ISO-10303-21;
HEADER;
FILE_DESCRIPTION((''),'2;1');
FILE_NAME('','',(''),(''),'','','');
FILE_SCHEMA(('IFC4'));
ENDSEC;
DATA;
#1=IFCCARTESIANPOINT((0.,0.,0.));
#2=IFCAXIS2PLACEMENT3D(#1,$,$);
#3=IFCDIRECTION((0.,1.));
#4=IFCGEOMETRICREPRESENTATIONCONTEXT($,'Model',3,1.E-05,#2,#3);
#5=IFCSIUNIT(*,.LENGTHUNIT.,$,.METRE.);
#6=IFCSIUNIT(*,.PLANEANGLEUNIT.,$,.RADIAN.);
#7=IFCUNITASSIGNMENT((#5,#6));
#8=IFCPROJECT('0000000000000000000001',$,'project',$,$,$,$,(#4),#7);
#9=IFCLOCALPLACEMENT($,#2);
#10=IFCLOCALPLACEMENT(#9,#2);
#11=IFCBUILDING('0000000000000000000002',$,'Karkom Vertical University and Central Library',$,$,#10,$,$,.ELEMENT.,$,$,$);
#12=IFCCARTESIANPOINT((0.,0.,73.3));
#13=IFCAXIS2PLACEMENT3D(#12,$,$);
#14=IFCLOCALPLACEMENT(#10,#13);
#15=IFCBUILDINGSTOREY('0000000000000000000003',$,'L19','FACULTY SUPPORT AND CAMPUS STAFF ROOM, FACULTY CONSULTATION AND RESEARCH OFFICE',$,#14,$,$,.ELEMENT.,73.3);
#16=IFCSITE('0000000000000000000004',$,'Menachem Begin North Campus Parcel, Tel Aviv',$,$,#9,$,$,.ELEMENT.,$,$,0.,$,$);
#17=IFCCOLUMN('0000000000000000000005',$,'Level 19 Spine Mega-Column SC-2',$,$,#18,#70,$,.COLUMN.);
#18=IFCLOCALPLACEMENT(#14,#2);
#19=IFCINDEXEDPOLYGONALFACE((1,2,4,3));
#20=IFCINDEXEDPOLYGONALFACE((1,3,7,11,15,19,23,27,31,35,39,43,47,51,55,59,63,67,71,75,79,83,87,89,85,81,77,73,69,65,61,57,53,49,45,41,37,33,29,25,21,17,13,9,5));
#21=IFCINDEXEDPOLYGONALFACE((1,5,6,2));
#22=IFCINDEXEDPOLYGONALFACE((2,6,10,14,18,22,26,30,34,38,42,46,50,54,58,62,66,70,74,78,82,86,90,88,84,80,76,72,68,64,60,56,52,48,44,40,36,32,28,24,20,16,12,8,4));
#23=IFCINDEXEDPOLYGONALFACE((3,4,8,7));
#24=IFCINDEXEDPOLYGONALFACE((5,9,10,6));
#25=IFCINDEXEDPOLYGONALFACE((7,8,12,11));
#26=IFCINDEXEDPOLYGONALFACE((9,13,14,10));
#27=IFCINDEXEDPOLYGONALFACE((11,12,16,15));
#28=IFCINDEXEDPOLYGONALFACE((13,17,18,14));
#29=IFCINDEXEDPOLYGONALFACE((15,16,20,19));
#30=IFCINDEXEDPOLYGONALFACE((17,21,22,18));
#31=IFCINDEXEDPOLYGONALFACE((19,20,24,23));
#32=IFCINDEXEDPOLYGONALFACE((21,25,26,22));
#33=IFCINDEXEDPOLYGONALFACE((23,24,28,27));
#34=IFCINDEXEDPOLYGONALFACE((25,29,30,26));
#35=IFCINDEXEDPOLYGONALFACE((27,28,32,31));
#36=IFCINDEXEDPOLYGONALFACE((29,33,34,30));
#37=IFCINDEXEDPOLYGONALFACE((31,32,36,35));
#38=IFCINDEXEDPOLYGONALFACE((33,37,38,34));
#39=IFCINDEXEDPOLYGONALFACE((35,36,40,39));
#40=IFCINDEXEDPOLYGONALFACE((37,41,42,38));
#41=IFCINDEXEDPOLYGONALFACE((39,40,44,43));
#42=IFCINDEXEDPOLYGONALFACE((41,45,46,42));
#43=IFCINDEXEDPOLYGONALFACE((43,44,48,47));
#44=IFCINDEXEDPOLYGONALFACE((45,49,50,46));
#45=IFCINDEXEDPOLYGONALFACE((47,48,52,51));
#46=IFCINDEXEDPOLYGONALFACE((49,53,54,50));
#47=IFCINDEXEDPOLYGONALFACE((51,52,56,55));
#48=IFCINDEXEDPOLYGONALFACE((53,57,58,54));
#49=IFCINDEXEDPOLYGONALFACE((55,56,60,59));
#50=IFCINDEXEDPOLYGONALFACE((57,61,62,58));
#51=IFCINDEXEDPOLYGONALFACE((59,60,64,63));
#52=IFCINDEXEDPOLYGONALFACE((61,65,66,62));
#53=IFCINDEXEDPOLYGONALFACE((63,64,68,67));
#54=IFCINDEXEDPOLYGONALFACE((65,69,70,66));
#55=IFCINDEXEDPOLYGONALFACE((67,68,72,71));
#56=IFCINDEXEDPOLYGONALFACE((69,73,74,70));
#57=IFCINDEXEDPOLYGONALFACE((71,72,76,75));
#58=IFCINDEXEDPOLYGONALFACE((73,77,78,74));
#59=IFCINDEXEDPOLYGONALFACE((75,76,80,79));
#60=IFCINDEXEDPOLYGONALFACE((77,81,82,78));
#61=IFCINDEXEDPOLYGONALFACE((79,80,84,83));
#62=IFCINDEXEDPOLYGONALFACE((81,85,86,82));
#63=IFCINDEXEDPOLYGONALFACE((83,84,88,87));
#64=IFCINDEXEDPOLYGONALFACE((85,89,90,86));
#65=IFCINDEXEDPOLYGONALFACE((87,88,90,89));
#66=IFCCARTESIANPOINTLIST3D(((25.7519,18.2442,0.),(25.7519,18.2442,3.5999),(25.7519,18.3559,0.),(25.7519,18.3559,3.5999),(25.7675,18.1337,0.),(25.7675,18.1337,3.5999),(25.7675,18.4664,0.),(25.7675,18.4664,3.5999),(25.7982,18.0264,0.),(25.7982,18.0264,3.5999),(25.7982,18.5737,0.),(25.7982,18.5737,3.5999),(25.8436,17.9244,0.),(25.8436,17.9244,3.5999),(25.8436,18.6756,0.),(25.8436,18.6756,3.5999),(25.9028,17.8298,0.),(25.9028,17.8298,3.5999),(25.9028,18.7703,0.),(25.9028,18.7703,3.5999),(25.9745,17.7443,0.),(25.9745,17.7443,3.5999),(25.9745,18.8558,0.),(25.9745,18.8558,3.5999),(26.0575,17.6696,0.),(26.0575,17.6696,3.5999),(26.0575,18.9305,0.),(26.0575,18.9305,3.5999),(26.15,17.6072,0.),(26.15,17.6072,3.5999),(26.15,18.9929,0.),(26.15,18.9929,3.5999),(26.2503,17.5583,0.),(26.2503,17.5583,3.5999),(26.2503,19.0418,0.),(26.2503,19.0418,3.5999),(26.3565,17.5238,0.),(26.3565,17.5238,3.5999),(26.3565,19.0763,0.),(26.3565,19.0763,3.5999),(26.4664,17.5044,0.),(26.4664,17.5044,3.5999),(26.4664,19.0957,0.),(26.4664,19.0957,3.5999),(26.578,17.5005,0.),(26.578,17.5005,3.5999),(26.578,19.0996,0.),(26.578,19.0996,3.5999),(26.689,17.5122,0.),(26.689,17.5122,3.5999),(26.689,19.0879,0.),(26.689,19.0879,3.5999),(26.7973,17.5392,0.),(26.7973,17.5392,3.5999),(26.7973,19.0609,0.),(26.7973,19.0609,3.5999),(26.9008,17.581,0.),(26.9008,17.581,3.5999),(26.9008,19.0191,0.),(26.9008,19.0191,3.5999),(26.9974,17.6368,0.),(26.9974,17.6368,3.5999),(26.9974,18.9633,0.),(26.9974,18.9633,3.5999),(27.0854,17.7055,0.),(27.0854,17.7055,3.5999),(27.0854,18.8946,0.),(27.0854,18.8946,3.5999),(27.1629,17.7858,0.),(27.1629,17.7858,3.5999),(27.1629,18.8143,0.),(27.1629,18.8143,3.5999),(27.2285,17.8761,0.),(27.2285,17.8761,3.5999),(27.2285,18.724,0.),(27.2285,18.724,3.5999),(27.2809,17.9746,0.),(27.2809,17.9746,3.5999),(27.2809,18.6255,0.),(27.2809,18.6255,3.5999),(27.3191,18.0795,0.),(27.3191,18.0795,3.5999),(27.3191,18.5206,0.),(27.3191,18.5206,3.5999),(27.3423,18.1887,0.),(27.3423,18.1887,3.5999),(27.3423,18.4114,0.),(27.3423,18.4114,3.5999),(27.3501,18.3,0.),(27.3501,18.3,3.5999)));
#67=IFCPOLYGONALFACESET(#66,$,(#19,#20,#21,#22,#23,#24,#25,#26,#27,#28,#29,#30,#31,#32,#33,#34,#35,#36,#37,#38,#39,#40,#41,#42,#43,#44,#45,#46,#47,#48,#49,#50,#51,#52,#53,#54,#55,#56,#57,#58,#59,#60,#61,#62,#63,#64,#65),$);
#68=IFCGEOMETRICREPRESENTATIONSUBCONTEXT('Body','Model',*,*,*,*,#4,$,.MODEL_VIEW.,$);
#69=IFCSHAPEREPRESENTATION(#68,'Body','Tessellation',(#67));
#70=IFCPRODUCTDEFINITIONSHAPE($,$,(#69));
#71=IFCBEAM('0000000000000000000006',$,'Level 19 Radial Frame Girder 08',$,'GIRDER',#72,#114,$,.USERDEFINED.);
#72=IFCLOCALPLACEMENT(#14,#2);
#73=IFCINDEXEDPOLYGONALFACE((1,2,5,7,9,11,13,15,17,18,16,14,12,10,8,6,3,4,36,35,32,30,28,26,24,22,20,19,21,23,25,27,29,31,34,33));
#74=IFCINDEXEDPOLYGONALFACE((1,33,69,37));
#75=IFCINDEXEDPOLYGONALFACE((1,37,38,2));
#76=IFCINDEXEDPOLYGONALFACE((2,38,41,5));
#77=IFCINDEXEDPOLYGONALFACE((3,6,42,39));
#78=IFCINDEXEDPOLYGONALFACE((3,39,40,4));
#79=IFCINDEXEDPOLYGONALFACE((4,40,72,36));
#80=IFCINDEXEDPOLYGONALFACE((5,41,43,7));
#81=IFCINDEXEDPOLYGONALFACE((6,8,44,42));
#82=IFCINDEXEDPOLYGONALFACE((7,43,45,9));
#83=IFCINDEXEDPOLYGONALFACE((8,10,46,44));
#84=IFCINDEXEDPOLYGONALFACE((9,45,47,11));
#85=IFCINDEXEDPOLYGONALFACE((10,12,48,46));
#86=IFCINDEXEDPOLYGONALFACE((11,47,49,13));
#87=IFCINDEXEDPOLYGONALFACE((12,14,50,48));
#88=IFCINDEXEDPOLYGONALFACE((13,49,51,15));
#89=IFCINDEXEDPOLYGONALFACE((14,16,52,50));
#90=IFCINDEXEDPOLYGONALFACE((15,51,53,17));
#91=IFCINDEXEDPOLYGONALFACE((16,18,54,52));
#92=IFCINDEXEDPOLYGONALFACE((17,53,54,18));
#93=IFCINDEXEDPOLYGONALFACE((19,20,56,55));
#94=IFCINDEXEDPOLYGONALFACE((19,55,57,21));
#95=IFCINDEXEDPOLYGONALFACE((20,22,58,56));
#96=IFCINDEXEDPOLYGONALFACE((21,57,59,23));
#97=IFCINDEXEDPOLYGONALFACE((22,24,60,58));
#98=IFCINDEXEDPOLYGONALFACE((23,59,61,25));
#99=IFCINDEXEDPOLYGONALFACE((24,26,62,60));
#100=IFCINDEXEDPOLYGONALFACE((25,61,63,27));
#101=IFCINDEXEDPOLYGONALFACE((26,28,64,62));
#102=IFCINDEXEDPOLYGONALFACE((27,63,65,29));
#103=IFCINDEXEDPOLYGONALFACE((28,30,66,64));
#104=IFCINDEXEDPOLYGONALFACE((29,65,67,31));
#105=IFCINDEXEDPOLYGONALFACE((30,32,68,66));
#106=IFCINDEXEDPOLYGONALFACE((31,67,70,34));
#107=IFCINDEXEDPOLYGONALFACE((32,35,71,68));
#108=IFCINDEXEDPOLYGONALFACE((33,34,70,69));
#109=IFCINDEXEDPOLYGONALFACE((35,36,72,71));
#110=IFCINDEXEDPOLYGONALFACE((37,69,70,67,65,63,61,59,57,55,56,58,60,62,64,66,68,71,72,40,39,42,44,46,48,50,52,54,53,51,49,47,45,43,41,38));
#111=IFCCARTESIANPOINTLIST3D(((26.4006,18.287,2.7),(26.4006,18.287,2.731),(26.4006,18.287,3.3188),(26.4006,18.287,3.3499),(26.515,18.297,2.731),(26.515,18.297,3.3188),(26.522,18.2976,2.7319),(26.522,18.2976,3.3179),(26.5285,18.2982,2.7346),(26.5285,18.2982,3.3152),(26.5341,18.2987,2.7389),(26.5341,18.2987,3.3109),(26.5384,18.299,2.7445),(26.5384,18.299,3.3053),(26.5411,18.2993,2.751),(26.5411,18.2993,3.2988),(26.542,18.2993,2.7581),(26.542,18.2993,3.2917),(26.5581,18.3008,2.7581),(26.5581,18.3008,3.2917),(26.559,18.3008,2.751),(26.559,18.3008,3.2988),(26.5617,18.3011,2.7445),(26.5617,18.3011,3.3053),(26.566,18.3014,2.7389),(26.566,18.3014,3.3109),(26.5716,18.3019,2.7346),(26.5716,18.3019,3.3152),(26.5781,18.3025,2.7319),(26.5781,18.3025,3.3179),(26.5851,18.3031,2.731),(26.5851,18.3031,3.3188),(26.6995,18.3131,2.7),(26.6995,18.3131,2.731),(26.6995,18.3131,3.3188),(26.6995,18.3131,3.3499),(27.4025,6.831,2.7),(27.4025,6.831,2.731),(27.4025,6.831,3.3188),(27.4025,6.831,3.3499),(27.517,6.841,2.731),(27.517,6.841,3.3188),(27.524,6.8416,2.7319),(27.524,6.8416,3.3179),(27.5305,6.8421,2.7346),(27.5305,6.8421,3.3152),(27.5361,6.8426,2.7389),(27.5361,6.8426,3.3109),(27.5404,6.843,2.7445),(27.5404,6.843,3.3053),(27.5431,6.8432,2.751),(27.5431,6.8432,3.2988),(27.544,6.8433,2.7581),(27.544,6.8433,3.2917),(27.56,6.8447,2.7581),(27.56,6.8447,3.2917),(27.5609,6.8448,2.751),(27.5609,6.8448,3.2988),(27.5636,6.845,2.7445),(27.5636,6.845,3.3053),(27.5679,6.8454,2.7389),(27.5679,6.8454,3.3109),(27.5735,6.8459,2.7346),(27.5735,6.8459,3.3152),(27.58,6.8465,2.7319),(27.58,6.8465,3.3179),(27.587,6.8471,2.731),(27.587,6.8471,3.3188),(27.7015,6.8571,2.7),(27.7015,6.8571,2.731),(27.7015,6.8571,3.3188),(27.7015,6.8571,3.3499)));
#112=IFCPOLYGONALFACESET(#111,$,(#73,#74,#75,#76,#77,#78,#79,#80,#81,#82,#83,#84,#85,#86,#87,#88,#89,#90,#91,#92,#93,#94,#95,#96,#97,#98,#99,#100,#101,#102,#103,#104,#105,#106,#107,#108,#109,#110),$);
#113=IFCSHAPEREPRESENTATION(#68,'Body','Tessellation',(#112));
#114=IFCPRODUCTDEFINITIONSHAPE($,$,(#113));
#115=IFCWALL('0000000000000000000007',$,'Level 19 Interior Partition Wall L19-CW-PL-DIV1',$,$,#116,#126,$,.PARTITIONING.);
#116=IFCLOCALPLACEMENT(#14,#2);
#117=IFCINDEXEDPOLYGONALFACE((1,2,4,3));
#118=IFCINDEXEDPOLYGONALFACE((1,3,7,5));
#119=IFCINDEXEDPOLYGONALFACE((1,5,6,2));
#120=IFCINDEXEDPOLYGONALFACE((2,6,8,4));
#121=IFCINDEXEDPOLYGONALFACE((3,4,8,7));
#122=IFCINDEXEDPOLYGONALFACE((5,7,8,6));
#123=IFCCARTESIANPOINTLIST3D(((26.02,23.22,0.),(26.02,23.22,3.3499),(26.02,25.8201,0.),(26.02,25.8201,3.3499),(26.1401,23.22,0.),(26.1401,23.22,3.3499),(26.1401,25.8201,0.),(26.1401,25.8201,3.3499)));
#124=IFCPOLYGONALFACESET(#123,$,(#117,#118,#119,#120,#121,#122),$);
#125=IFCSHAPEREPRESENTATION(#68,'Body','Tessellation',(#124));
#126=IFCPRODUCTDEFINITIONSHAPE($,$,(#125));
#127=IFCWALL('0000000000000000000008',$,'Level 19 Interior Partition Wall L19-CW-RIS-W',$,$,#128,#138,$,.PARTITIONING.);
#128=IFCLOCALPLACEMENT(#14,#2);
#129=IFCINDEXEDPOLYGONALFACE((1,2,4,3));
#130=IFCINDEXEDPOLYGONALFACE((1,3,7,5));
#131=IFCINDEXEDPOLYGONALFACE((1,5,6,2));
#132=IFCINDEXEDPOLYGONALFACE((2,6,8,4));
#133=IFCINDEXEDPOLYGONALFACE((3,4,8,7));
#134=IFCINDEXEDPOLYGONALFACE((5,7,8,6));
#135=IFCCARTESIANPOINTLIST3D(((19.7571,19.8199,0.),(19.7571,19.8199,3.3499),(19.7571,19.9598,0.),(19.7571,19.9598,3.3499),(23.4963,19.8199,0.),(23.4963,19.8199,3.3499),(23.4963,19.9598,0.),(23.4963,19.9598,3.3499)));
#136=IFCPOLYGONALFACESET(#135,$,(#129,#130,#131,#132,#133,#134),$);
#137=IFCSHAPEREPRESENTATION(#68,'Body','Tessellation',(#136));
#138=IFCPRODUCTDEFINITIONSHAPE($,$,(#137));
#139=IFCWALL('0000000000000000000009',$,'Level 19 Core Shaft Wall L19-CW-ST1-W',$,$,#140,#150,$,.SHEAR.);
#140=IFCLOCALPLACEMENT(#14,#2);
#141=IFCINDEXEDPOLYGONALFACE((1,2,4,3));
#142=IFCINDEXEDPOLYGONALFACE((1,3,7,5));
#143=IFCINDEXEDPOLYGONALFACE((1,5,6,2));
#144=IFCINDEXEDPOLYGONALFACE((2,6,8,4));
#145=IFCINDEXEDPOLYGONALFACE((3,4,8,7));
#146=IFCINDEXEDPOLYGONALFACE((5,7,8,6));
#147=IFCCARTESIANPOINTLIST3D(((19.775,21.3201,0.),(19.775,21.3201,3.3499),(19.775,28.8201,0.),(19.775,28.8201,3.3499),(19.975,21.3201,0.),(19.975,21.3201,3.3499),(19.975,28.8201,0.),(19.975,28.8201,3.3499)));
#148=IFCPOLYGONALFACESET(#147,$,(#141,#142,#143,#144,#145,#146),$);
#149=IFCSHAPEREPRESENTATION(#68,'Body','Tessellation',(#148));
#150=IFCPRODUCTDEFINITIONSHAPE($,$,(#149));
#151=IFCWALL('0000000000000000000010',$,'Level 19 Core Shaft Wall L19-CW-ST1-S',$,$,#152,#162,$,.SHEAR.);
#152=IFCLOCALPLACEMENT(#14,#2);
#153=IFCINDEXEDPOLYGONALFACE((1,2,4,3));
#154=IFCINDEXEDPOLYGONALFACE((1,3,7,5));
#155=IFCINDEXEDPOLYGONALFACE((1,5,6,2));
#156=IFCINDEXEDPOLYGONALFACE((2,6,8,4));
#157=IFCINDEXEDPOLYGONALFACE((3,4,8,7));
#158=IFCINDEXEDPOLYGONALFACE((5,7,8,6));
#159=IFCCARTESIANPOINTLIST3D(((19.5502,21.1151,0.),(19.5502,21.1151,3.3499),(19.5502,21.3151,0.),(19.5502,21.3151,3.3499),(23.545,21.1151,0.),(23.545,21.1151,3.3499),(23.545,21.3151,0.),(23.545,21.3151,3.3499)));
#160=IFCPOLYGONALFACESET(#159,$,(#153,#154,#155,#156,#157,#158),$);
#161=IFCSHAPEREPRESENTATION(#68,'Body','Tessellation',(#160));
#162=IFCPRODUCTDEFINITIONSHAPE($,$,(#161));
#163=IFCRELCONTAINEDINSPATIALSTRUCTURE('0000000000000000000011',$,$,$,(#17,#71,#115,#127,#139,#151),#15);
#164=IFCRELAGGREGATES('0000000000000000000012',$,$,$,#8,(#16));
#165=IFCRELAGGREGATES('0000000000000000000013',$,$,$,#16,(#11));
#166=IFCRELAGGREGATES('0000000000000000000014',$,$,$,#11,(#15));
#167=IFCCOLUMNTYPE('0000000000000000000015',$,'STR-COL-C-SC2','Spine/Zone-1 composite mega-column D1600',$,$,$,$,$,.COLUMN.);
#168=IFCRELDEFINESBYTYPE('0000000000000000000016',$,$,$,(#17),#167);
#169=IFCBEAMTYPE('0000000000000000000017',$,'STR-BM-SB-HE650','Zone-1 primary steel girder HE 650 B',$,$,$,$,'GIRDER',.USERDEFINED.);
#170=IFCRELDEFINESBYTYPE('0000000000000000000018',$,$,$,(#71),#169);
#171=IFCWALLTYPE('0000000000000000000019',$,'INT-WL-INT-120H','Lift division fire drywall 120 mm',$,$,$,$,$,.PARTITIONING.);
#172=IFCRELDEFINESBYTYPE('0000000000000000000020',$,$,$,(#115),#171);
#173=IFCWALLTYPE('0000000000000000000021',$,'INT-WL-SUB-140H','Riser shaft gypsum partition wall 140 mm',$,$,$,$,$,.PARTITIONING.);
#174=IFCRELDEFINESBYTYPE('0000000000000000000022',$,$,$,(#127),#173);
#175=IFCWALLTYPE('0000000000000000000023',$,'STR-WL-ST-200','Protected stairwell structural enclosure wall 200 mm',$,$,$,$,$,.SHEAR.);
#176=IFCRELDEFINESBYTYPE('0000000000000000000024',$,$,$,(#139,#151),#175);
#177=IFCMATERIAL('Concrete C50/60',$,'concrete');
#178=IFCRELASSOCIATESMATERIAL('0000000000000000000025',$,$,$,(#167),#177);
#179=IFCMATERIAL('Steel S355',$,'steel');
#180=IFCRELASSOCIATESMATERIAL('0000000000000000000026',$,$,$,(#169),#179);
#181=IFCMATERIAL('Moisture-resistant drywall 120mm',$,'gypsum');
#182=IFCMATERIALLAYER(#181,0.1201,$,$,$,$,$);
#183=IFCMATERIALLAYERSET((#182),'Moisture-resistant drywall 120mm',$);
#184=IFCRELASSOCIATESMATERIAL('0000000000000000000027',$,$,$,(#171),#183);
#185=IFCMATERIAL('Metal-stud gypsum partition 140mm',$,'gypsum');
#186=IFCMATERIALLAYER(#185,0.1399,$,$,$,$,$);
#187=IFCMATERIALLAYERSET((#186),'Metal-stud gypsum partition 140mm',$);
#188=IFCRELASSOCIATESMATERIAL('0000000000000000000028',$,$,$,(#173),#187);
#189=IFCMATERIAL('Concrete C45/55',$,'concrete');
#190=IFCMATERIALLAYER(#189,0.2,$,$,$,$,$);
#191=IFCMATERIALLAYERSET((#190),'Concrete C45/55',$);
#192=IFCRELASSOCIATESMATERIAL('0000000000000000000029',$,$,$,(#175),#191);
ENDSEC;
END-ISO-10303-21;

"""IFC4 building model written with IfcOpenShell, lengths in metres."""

from ifc_helpers import new_model, si_unit, direction, frame, frame_2d, origin, origin_with_axes, origin_2d, place, context, subcontext, project, spatial, rectangle, circle, i_section, extrude, source, transform, mapped, material, layer, layer_set, material_profile, profile_set, type_object, element, save


model = new_model("IFC4")

# Units and contexts
model_context = context("Model", 3, precision=1e-05, world=origin(), true_north=direction((0.0, 1.0)))
body_context = subcontext(model_context, "Body", "Model", "MODEL_VIEW")
ifc_project = project(units=[si_unit("LENGTHUNIT", "METRE"), si_unit("PLANEANGLEUNIT", "RADIAN")], contexts=[model_context])

# Site, building, storey
site_placement = place(None, origin())
site = spatial("IfcSite", under=ifc_project, at=site_placement, Name="Menachem Begin North Campus Parcel, Tel Aviv", CompositionType="ELEMENT", RefElevation=0.0)
building_placement = place(site_placement, origin())
building = spatial("IfcBuilding", under=site, at=building_placement, Name="Karkom Vertical University and Central Library", CompositionType="ELEMENT")
storey_placement = place(building_placement, frame((0.0, 0.0, 73.3)))
storey = spatial("IfcBuildingStorey", under=building, at=storey_placement, Name="L19", Description="FACULTY SUPPORT AND CAMPUS STAFF ROOM, FACULTY CONSULTATION AND RESEARCH OFFICE", CompositionType="ELEMENT", Elevation=73.3)

# Column
ifc_material_1 = material(Name="Concrete C50/60", Category="concrete")
ifc_material_profile_1 = material_profile(ifc_material_1, circle(Radius=0.8, at=origin_2d()), Name="CFT-D1600")
ifc_profile_set_1 = profile_set([ifc_material_profile_1], Name="Concrete C50/60")
column_type = type_object("IfcColumnType", Name="STR-COL-C-SC2", Description="Spine/Zone-1 composite mega-column D1600", PredefinedType="COLUMN", material=ifc_profile_set_1)
shared_shape_1 = source(origin_with_axes(), body_context, "Body", "SweptSolid", [
    extrude(circle(Radius=0.8, at=origin_2d()), origin(), (0.0, 0.0, 1.0), 3.5999),
])
column_placement = place(storey_placement, frame((26.55, 18.3, 0.0), z_axis=(0.0, 0.0, 1.0), x_axis=(1.0, 0.0, 0.0)))
element("IfcColumn", 1, at=column_placement, inside=storey, type_object=column_type, Name="Level 19 Spine Mega-Column SC-2", PredefinedType="COLUMN", context=body_context, shape_type="MappedRepresentation", body=[
    mapped(shared_shape_1, transform((0.0, 0.0, 0.0), scale=1.0)),
])

# Beam
ifc_material_2 = material(Name="Steel S355", Category="steel")
ifc_material_profile_2 = material_profile(ifc_material_2, i_section(OverallWidth=0.3, OverallDepth=0.6499, WebThickness=0.0161, FlangeThickness=0.031, FilletRadius=0.0271, at=origin_2d()), Name="HE 650 B")
ifc_profile_set_2 = profile_set([ifc_material_profile_2], Name="Steel S355")
beam_type = type_object("IfcBeamType", Name="STR-BM-SB-HE650", Description="Zone-1 primary steel girder HE 650 B", ElementType="GIRDER", PredefinedType="USERDEFINED", material=ifc_profile_set_2)
shared_shape_2 = source(origin_with_axes(), body_context, "Body", "SweptSolid", [
    extrude(i_section(OverallWidth=0.3, OverallDepth=0.6499, WebThickness=0.0161, FlangeThickness=0.031, FilletRadius=0.0271, at=origin_2d()), origin(), (0.0, 0.0, 1.0), 11.4998),
])
beam_placement = place(storey_placement, frame((26.55, 18.3, 3.0249), z_axis=(0.087128, -0.996197, 0.0), x_axis=(0.996197, 0.087128, 0.0)))
element("IfcBeam", 2, at=beam_placement, inside=storey, type_object=beam_type, Name="Level 19 Radial Frame Girder 08", ObjectType="GIRDER", PredefinedType="USERDEFINED", context=body_context, shape_type="MappedRepresentation", body=[
    mapped(shared_shape_2, transform((0.0, 0.0, 0.0), scale=1.0)),
])

# Walls
ifc_material_3 = material(Name="Moisture-resistant drywall 120mm", Category="gypsum")
ifc_layer_1 = layer(ifc_material_3, 0.1201)
ifc_layer_set_1 = layer_set([ifc_layer_1], Name="Moisture-resistant drywall 120mm")
wall_type_1 = type_object("IfcWallType", Name="INT-WL-INT-120H", Description="Lift division fire drywall 120 mm", PredefinedType="PARTITIONING", material=ifc_layer_set_1)
wall_1_placement = place(storey_placement, frame((26.0801, 23.22, 0.0), z_axis=(0.0, 0.0, 1.0), x_axis=(0.0, 1.0, 0.0)))
element("IfcWall", 3, at=wall_1_placement, inside=storey, type_object=wall_type_1, Name="Level 19 Interior Partition Wall L19-CW-PL-DIV1", PredefinedType="PARTITIONING", context=body_context, shape_type="SweptSolid", body=[
    extrude(rectangle(XDim=2.6001, YDim=0.1201, at=frame_2d((1.3, 0.0))), origin(), (0.0, 0.0, 1.0), 3.3499),
])
ifc_material_4 = material(Name="Metal-stud gypsum partition 140mm", Category="gypsum")
ifc_layer_2 = layer(ifc_material_4, 0.1399)
ifc_layer_set_2 = layer_set([ifc_layer_2], Name="Metal-stud gypsum partition 140mm")
wall_type_2 = type_object("IfcWallType", Name="INT-WL-SUB-140H", Description="Riser shaft gypsum partition wall 140 mm", PredefinedType="PARTITIONING", material=ifc_layer_set_2)
wall_2_placement = place(storey_placement, frame((19.7571, 19.8899, 0.0), z_axis=(0.0, 0.0, 1.0), x_axis=(1.0, 0.0, 0.0)))
element("IfcWall", 4, at=wall_2_placement, inside=storey, type_object=wall_type_2, Name="Level 19 Interior Partition Wall L19-CW-RIS-W", PredefinedType="PARTITIONING", context=body_context, shape_type="SweptSolid", body=[
    extrude(rectangle(XDim=3.7393, YDim=0.1399, at=frame_2d((1.8696, 0.0))), origin(), (0.0, 0.0, 1.0), 3.3499),
])

# Shared definitions
ifc_material_5 = material(Name="Concrete C45/55", Category="concrete")
ifc_layer_3 = layer(ifc_material_5, 0.2)
ifc_layer_set_3 = layer_set([ifc_layer_3], Name="Concrete C45/55")
wall_type_3 = type_object("IfcWallType", Name="STR-WL-ST-200", Description="Protected stairwell structural enclosure wall 200 mm", PredefinedType="SHEAR", material=ifc_layer_set_3)

# Walls
wall_3_placement = place(storey_placement, frame((19.875, 21.3201, 0.0), z_axis=(0.0, 0.0, 1.0), x_axis=(0.0, 1.0, 0.0)))
element("IfcWall", 5, at=wall_3_placement, inside=storey, type_object=wall_type_3, Name="Level 19 Core Shaft Wall L19-CW-ST1-W", PredefinedType="SHEAR", context=body_context, shape_type="SweptSolid", body=[
    extrude(rectangle(XDim=7.5, YDim=0.2, at=frame_2d((3.75, 0.0))), origin(), (0.0, 0.0, 1.0), 3.3499),
])
wall_4_placement = place(storey_placement, frame((19.55, 21.2151, 0.0), z_axis=(0.0, 0.0, 1.0), x_axis=(1.0, 0.0, 0.0)))
element("IfcWall", 6, at=wall_4_placement, inside=storey, type_object=wall_type_3, Name="Level 19 Core Shaft Wall L19-CW-ST1-S", PredefinedType="SHEAR", context=body_context, shape_type="SweptSolid", body=[
    extrude(rectangle(XDim=3.9949, YDim=0.2, at=frame_2d((1.9976, 0.0))), origin(), (0.0, 0.0, 1.0), 3.3499),
])

save(model, "model.ifc")
